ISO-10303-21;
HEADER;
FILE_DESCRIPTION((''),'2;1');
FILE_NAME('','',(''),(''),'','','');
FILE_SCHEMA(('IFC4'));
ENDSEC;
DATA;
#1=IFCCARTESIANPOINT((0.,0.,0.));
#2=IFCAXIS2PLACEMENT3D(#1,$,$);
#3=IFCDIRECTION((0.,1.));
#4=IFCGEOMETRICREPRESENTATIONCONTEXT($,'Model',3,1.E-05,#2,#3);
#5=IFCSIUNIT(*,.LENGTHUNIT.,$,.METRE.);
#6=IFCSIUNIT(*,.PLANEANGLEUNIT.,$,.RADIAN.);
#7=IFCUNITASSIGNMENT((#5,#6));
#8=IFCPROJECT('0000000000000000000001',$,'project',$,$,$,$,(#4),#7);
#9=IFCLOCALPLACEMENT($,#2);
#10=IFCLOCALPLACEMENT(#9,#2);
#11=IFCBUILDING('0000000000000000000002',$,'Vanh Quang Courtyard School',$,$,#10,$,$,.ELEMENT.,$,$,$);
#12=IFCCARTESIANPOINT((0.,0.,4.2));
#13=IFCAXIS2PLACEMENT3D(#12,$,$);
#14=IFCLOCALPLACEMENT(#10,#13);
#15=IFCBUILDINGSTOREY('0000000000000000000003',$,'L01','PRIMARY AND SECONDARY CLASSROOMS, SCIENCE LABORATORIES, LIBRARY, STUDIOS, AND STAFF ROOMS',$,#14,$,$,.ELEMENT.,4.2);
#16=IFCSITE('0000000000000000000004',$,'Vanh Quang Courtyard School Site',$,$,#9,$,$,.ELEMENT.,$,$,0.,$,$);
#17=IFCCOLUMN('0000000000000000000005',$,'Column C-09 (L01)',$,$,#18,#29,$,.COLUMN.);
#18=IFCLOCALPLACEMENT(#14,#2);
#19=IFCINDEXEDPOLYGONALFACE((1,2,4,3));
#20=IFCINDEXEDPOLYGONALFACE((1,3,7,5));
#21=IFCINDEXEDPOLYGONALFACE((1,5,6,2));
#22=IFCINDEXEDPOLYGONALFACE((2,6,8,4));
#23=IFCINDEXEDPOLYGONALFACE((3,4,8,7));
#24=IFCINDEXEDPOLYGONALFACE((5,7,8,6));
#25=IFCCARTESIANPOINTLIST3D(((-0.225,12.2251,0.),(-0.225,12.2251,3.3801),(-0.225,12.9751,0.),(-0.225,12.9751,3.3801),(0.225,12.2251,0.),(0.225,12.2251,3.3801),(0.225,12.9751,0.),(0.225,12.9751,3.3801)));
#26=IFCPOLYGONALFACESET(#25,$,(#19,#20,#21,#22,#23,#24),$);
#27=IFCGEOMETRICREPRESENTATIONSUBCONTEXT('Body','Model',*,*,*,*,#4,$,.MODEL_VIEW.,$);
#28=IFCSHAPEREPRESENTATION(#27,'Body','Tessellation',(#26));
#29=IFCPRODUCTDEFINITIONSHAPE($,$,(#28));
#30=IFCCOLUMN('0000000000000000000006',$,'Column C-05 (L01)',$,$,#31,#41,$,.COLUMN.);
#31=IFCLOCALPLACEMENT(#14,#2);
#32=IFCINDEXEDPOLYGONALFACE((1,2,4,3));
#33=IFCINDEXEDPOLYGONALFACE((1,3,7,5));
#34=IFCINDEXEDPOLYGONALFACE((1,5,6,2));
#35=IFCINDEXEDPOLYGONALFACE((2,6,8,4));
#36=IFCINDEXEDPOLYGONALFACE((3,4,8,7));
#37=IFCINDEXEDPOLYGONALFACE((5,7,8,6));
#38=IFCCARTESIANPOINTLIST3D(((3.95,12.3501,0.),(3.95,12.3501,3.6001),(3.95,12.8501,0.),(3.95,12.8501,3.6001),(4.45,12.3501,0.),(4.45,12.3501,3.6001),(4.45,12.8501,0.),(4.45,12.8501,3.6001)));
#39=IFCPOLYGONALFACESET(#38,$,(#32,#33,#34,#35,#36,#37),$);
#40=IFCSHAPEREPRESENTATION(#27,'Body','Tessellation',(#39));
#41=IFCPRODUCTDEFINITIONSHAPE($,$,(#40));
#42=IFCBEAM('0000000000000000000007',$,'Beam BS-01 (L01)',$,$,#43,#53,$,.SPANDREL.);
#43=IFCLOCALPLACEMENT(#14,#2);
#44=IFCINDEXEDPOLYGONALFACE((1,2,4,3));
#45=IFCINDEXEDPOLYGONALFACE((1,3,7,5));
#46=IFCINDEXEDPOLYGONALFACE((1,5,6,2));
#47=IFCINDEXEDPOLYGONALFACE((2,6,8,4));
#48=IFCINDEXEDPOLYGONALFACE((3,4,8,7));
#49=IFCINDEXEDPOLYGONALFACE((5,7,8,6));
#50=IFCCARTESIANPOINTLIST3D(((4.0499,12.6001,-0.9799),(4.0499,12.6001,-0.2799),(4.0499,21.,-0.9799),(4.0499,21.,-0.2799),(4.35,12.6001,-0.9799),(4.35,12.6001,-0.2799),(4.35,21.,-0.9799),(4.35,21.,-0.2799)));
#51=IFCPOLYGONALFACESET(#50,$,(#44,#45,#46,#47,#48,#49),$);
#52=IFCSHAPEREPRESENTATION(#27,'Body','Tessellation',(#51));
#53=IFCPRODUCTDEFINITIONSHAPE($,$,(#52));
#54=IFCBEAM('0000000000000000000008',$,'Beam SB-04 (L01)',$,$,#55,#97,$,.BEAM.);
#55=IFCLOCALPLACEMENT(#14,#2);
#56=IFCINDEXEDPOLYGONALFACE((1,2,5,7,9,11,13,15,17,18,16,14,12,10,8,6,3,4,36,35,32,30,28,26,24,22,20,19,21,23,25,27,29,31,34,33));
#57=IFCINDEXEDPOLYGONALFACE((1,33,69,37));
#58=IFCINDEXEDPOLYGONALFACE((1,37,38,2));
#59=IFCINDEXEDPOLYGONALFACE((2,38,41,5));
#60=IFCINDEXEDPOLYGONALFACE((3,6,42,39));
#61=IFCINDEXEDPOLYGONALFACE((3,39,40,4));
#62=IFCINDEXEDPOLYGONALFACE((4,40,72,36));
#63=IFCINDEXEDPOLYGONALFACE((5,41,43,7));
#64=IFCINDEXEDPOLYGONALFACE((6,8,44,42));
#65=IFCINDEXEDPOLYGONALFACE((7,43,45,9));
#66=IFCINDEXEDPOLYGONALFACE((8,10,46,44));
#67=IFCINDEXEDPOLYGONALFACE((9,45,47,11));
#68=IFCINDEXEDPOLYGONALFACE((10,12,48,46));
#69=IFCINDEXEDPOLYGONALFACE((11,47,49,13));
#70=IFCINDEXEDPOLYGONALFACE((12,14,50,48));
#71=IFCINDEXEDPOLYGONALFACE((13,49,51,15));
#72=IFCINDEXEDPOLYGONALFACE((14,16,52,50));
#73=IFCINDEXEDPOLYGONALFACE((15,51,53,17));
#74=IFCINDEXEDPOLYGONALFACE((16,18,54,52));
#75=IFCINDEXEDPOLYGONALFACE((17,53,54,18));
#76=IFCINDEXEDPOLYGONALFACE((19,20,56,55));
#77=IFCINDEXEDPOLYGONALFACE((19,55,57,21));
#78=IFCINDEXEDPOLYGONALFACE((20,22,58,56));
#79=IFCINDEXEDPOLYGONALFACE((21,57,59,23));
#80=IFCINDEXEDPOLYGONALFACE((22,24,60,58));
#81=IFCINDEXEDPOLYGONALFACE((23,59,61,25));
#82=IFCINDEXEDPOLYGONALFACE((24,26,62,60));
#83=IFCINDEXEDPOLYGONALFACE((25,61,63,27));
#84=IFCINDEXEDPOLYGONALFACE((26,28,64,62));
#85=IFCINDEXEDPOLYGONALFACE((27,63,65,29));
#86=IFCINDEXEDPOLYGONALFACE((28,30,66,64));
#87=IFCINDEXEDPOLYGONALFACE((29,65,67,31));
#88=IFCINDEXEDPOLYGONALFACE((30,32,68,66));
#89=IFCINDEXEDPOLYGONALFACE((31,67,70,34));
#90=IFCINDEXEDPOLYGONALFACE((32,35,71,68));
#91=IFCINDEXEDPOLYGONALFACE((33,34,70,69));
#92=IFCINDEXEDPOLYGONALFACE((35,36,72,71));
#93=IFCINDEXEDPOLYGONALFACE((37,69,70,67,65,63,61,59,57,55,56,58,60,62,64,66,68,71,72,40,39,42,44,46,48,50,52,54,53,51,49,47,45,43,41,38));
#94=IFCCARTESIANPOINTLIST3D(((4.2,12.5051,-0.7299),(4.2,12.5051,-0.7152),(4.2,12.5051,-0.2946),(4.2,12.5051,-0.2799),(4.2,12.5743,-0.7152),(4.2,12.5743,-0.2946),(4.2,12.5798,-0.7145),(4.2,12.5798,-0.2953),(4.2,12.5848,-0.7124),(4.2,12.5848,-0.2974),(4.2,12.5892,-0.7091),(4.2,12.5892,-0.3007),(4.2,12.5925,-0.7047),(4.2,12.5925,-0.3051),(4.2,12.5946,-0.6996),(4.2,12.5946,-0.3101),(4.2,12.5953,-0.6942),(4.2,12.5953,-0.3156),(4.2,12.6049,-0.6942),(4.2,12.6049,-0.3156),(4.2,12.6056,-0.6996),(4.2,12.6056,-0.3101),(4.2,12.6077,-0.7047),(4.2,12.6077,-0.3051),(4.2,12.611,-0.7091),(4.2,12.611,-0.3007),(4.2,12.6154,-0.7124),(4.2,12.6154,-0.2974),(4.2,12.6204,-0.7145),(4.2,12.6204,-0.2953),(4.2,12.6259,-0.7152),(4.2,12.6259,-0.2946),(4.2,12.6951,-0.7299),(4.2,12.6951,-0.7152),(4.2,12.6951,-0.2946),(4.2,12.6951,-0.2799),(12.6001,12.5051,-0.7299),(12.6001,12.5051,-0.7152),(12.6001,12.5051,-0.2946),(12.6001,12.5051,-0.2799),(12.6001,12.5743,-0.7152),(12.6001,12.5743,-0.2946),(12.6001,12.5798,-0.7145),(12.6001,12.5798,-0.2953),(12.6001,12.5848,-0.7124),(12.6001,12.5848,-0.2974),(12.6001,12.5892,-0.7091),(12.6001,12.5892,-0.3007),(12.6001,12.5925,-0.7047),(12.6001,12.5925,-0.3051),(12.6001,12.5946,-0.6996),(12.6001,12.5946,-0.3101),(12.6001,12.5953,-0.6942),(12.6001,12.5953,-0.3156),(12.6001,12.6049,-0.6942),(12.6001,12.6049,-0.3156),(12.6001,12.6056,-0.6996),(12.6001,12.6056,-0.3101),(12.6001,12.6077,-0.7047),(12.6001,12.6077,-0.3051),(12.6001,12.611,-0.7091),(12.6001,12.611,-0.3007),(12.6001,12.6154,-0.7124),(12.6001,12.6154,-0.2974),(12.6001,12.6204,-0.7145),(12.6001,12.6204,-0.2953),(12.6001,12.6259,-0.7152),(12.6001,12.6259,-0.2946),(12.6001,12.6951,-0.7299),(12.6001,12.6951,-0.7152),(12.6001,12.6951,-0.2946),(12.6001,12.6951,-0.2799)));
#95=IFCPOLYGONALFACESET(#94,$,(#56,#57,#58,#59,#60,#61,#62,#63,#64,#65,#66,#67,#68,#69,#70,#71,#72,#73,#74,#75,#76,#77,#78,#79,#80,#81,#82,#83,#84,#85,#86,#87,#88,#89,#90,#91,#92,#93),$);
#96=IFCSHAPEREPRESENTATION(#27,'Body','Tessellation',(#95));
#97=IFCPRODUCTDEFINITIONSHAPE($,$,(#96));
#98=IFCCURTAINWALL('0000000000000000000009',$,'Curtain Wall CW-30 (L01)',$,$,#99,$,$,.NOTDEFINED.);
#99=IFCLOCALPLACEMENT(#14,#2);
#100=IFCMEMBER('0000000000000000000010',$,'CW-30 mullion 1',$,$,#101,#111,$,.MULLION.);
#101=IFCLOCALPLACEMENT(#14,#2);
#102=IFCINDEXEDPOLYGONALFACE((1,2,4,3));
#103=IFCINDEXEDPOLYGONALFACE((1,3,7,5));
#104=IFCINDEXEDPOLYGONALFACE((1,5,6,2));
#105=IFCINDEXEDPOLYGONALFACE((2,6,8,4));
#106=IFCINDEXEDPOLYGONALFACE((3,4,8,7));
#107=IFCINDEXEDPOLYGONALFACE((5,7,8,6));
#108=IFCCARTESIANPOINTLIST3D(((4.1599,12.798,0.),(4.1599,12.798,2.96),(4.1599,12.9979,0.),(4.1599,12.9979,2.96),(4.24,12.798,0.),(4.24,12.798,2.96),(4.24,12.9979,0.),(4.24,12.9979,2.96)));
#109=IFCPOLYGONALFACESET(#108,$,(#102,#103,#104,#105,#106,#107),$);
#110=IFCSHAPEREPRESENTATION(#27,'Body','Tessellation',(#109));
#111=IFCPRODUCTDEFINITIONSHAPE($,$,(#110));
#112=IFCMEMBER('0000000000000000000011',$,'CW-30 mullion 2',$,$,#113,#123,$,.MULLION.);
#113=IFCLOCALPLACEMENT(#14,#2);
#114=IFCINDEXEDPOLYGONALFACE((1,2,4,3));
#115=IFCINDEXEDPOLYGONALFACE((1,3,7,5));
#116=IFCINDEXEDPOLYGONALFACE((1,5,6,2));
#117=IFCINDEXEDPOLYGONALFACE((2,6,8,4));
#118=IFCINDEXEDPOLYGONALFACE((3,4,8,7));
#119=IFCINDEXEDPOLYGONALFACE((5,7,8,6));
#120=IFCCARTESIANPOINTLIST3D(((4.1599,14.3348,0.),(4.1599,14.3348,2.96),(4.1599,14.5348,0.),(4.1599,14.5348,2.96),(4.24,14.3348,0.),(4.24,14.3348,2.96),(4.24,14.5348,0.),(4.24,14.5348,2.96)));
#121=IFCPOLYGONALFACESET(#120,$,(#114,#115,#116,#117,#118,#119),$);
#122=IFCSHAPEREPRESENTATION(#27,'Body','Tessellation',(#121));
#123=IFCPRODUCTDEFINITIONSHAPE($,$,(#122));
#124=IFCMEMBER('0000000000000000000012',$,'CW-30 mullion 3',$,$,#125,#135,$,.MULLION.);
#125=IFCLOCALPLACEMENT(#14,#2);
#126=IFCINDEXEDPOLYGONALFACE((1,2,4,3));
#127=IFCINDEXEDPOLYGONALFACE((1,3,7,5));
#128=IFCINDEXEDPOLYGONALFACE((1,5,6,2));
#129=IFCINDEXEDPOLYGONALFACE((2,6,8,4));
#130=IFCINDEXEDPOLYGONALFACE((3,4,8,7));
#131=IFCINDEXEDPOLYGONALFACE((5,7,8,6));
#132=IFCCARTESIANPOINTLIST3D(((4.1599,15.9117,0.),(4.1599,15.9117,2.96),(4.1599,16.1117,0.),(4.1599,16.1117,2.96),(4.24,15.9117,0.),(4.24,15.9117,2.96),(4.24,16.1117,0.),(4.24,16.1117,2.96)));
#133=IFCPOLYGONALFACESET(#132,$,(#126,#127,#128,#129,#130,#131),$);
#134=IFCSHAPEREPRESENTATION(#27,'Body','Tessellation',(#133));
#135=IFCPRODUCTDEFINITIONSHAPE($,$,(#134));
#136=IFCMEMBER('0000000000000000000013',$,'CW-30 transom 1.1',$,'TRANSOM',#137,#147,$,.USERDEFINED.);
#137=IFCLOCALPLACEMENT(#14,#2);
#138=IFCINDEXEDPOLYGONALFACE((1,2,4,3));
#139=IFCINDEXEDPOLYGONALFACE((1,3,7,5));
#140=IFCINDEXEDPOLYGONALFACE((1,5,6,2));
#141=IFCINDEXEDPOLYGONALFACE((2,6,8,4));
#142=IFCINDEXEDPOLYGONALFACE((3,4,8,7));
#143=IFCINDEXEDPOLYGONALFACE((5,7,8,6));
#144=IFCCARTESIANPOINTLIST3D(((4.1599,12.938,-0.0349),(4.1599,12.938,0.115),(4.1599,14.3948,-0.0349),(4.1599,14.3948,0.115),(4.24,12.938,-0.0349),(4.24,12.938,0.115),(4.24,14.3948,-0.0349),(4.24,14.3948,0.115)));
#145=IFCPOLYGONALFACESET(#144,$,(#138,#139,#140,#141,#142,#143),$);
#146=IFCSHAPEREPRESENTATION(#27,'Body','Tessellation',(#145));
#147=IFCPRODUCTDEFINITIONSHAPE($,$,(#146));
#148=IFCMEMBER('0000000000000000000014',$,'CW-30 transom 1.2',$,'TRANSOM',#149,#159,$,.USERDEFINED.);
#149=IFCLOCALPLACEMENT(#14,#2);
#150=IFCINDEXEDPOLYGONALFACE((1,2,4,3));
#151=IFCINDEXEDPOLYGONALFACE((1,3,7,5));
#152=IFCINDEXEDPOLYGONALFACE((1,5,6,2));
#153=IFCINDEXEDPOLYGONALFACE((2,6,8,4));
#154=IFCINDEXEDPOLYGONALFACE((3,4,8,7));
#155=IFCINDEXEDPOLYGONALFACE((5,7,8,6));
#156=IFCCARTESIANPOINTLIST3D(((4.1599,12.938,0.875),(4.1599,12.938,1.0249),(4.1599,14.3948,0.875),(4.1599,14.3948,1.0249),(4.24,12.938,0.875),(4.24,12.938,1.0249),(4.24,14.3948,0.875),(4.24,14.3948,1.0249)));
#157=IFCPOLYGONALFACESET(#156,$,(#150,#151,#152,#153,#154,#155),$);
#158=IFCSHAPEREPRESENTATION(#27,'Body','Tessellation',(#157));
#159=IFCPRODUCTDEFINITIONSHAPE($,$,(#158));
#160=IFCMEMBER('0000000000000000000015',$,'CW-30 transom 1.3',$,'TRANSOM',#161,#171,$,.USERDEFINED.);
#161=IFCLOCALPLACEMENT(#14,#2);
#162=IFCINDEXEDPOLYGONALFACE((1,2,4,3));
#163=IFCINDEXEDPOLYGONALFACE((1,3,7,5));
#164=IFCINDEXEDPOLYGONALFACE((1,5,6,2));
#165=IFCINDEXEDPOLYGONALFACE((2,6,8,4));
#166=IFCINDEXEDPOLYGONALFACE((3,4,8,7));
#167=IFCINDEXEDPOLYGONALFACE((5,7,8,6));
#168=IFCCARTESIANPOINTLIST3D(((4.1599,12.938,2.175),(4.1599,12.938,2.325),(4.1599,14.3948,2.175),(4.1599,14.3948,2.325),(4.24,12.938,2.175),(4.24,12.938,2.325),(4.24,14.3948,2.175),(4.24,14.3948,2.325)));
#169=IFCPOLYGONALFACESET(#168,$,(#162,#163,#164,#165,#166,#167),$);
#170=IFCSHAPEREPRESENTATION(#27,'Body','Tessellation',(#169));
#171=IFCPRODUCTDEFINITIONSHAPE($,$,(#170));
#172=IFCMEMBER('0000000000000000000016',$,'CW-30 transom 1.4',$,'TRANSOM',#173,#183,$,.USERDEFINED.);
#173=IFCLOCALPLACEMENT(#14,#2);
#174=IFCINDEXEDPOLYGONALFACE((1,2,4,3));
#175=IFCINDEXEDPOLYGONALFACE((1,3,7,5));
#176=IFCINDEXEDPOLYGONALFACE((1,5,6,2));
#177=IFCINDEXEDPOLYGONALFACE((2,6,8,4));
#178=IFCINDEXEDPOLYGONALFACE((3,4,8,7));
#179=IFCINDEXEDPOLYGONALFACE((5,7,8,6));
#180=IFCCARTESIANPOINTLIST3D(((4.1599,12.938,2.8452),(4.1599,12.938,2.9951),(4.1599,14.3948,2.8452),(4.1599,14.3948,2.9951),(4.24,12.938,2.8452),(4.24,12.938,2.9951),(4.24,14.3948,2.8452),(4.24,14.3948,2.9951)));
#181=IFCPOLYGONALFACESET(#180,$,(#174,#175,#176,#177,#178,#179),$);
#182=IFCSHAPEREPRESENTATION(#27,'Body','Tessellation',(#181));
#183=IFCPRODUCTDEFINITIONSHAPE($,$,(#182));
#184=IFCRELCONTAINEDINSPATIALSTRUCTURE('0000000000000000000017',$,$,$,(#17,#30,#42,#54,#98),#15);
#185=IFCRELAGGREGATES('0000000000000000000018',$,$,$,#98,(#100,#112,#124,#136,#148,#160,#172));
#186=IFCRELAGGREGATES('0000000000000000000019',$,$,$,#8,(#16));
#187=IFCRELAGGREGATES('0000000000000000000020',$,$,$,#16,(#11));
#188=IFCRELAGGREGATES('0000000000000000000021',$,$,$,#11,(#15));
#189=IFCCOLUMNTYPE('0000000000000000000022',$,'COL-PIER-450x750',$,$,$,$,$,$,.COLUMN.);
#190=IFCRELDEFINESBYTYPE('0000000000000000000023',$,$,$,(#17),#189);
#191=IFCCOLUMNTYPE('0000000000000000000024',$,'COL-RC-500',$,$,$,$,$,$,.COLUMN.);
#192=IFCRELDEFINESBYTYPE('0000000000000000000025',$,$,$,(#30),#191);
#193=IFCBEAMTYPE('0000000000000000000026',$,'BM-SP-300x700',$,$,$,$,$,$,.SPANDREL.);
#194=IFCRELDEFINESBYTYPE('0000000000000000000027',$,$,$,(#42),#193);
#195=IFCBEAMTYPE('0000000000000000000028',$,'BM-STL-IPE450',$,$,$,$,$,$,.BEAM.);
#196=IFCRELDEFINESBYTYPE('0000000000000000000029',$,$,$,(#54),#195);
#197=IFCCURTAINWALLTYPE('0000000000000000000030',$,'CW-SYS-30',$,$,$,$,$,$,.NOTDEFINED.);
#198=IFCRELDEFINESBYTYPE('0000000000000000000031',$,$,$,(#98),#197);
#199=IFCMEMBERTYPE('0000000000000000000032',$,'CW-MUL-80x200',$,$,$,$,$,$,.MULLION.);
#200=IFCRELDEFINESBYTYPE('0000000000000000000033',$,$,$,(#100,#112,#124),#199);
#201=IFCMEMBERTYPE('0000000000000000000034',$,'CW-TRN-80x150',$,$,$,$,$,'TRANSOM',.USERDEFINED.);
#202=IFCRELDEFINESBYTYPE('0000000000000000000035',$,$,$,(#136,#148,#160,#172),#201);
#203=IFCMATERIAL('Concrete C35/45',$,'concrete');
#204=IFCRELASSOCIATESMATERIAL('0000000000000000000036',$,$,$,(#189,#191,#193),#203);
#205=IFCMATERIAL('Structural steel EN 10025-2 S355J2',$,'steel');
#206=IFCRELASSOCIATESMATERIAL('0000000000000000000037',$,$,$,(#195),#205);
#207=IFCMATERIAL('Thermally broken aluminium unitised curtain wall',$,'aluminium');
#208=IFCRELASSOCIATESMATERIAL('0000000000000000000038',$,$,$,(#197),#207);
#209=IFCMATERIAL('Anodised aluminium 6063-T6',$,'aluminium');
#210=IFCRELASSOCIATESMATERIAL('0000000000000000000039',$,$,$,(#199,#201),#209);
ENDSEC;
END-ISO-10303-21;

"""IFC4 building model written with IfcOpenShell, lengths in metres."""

from ifc_helpers import new_model, si_unit, direction, frame, origin, origin_2d, place, context, subcontext, project, spatial, rectangle, i_section, extrude, material, material_profile, profile_set, type_object, element, aggregate, save


model = new_model("IFC4")

# Units and contexts
model_context = context("Model", 3, precision=1e-05, world=origin(), true_north=direction((0.0, 1.0)))
body_context = subcontext(model_context, "Body", "Model", "MODEL_VIEW")
ifc_project = project(units=[si_unit("LENGTHUNIT", "METRE"), si_unit("PLANEANGLEUNIT", "RADIAN")], contexts=[model_context])

# Site, building, storey
site_placement = place(None, origin())
site = spatial("IfcSite", under=ifc_project, at=site_placement, Name="Vanh Quang Courtyard School Site", CompositionType="ELEMENT", RefElevation=0.0)
building_placement = place(site_placement, origin())
building = spatial("IfcBuilding", under=site, at=building_placement, Name="Vanh Quang Courtyard School", CompositionType="ELEMENT")
storey_placement = place(building_placement, frame((0.0, 0.0, 4.2)))
storey = spatial("IfcBuildingStorey", under=building, at=storey_placement, Name="L01", Description="PRIMARY AND SECONDARY CLASSROOMS, SCIENCE LABORATORIES, LIBRARY, STUDIOS, AND STAFF ROOMS", CompositionType="ELEMENT", Elevation=4.2)

# Columns
ifc_material_1 = material(Name="Concrete C35/45", Category="concrete")
ifc_material_profile_1 = material_profile(ifc_material_1, rectangle(XDim=0.45, YDim=0.75, at=origin_2d()), Name="RC-PIER 450x750")
ifc_profile_set_1 = profile_set([ifc_material_profile_1], Name="Concrete C35/45")
column_type_1 = type_object("IfcColumnType", Name="COL-PIER-450x750", PredefinedType="COLUMN", material=ifc_profile_set_1)
column_1_placement = place(storey_placement, frame((0.0, 12.6001, 0.0), z_axis=(0.0, 0.0, 1.0), x_axis=(1.0, 0.0, 0.0)))
element("IfcColumn", 1, at=column_1_placement, inside=storey, type_object=column_type_1, Name="Column C-09 (L01)", PredefinedType="COLUMN", context=body_context, shape_type="SweptSolid", body=[
    extrude(rectangle(XDim=0.45, YDim=0.75, at=origin_2d()), origin(), (0.0, 0.0, 1.0), 3.3801),
])
ifc_material_profile_2 = material_profile(ifc_material_1, rectangle(XDim=0.5, YDim=0.5, at=origin_2d()), Name="RC-COL 500x500")
ifc_profile_set_2 = profile_set([ifc_material_profile_2], Name="Concrete C35/45")
column_type_2 = type_object("IfcColumnType", Name="COL-RC-500", PredefinedType="COLUMN", material=ifc_profile_set_2)
column_2_placement = place(storey_placement, frame((4.2, 12.6001, 0.0), z_axis=(0.0, 0.0, 1.0), x_axis=(1.0, 0.0, 0.0)))
element("IfcColumn", 2, at=column_2_placement, inside=storey, type_object=column_type_2, Name="Column C-05 (L01)", PredefinedType="COLUMN", context=body_context, shape_type="SweptSolid", body=[
    extrude(rectangle(XDim=0.5, YDim=0.5, at=origin_2d()), origin(), (0.0, 0.0, 1.0), 3.6001),
])

# Beams
ifc_material_profile_3 = material_profile(ifc_material_1, rectangle(XDim=0.3, YDim=0.7, at=origin_2d()), Name="RC-SP 300x700")
ifc_profile_set_3 = profile_set([ifc_material_profile_3], Name="Concrete C35/45")
beam_type_1 = type_object("IfcBeamType", Name="BM-SP-300x700", PredefinedType="SPANDREL", material=ifc_profile_set_3)
beam_1_placement = place(storey_placement, frame((4.2, 12.6001, -0.6299), z_axis=(0.0, 1.0, 0.0), x_axis=(-1.0, 0.0, 0.0)))
element("IfcBeam", 3, at=beam_1_placement, inside=storey, type_object=beam_type_1, Name="Beam BS-01 (L01)", PredefinedType="SPANDREL", context=body_context, shape_type="SweptSolid", body=[
    extrude(rectangle(XDim=0.3, YDim=0.7, at=origin_2d()), origin(), (0.0, 0.0, 1.0), 8.3999),
])
ifc_material_2 = material(Name="Structural steel EN 10025-2 S355J2", Category="steel")
ifc_material_profile_4 = material_profile(ifc_material_2, i_section(OverallWidth=0.1899, OverallDepth=0.45, WebThickness=0.0095, FlangeThickness=0.0146, FilletRadius=0.021, at=origin_2d()), Name="IPE 450")
ifc_profile_set_4 = profile_set([ifc_material_profile_4], Name="Structural steel EN 10025-2 S355J2")
beam_type_2 = type_object("IfcBeamType", Name="BM-STL-IPE450", PredefinedType="BEAM", material=ifc_profile_set_4)
beam_2_placement = place(storey_placement, frame((4.2, 12.6001, -0.5049), z_axis=(1.0, 0.0, 0.0), x_axis=(0.0, 1.0, 0.0)))
element("IfcBeam", 4, at=beam_2_placement, inside=storey, type_object=beam_type_2, Name="Beam SB-04 (L01)", PredefinedType="BEAM", context=body_context, shape_type="SweptSolid", body=[
    extrude(i_section(OverallWidth=0.1899, OverallDepth=0.45, WebThickness=0.0095, FlangeThickness=0.0146, FilletRadius=0.021, at=origin_2d()), origin(), (0.0, 0.0, 1.0), 8.4001),
])

# Curtain wall, members
ifc_material_3 = material(Name="Thermally broken aluminium unitised curtain wall", Category="aluminium")
curtain_wall_type = type_object("IfcCurtainWallType", Name="CW-SYS-30", PredefinedType="NOTDEFINED", material=ifc_material_3)
curtain_wall_placement = place(storey_placement, origin())
curtain_wall = element("IfcCurtainWall", 5, at=curtain_wall_placement, inside=storey, type_object=curtain_wall_type, Name="Curtain Wall CW-30 (L01)", PredefinedType="NOTDEFINED")
ifc_material_4 = material(Name="Anodised aluminium 6063-T6", Category="aluminium")
ifc_material_profile_5 = material_profile(ifc_material_4, rectangle(XDim=0.0801, YDim=0.2, at=origin_2d()), Name="ALU-MUL 80x200")
ifc_profile_set_5 = profile_set([ifc_material_profile_5], Name="Anodised aluminium 6063-T6")
member_type_1 = type_object("IfcMemberType", Name="CW-MUL-80x200", PredefinedType="MULLION", material=ifc_profile_set_5)
member_1_placement = place(storey_placement, frame((4.2, 12.8979, 0.0), z_axis=(0.0, 0.0, 1.0), x_axis=(-1.0, 0.0, 0.0)))
member_1 = element("IfcMember", 6, at=member_1_placement, type_object=member_type_1, Name="CW-30 mullion 1", PredefinedType="MULLION", context=body_context, shape_type="SweptSolid", body=[
    extrude(rectangle(XDim=0.0801, YDim=0.2, at=origin_2d()), origin(), (0.0, 0.0, 1.0), 2.96),
])
member_2_placement = place(storey_placement, frame((4.2, 14.4348, 0.0), z_axis=(0.0, 0.0, 1.0), x_axis=(-1.0, 0.0, 0.0)))
member_2 = element("IfcMember", 7, at=member_2_placement, type_object=member_type_1, Name="CW-30 mullion 2", PredefinedType="MULLION", context=body_context, shape_type="SweptSolid", body=[
    extrude(rectangle(XDim=0.0801, YDim=0.2, at=origin_2d()), origin(), (0.0, 0.0, 1.0), 2.96),
])
member_3_placement = place(storey_placement, frame((4.2, 16.0117, 0.0), z_axis=(0.0, 0.0, 1.0), x_axis=(-1.0, 0.0, 0.0)))
member_3 = element("IfcMember", 8, at=member_3_placement, type_object=member_type_1, Name="CW-30 mullion 3", PredefinedType="MULLION", context=body_context, shape_type="SweptSolid", body=[
    extrude(rectangle(XDim=0.0801, YDim=0.2, at=origin_2d()), origin(), (0.0, 0.0, 1.0), 2.96),
])
ifc_material_profile_6 = material_profile(ifc_material_4, rectangle(XDim=0.0801, YDim=0.1499, at=origin_2d()), Name="ALU-TRN 80x150")
ifc_profile_set_6 = profile_set([ifc_material_profile_6], Name="Anodised aluminium 6063-T6")
member_type_2 = type_object("IfcMemberType", Name="CW-TRN-80x150", ElementType="TRANSOM", PredefinedType="USERDEFINED", material=ifc_profile_set_6)
member_4_placement = place(storey_placement, frame((4.2, 12.938, 0.04), z_axis=(0.0, 1.0, 0.0), x_axis=(-1.0, 0.0, 0.0)))
member_4 = element("IfcMember", 9, at=member_4_placement, type_object=member_type_2, Name="CW-30 transom 1.1", ObjectType="TRANSOM", PredefinedType="USERDEFINED", context=body_context, shape_type="SweptSolid", body=[
    extrude(rectangle(XDim=0.0801, YDim=0.1499, at=origin_2d()), origin(), (0.0, 0.0, 1.0), 1.4568),
])
member_5_placement = place(storey_placement, frame((4.2, 12.938, 0.95), z_axis=(0.0, 1.0, 0.0), x_axis=(-1.0, 0.0, 0.0)))
member_5 = element("IfcMember", 10, at=member_5_placement, type_object=member_type_2, Name="CW-30 transom 1.2", ObjectType="TRANSOM", PredefinedType="USERDEFINED", context=body_context, shape_type="SweptSolid", body=[
    extrude(rectangle(XDim=0.0801, YDim=0.1499, at=origin_2d()), origin(), (0.0, 0.0, 1.0), 1.4568),
])
member_6_placement = place(storey_placement, frame((4.2, 12.938, 2.25), z_axis=(0.0, 1.0, 0.0), x_axis=(-1.0, 0.0, 0.0)))
member_6 = element("IfcMember", 11, at=member_6_placement, type_object=member_type_2, Name="CW-30 transom 1.3", ObjectType="TRANSOM", PredefinedType="USERDEFINED", context=body_context, shape_type="SweptSolid", body=[
    extrude(rectangle(XDim=0.0801, YDim=0.1499, at=origin_2d()), origin(), (0.0, 0.0, 1.0), 1.4568),
])
member_7_placement = place(storey_placement, frame((4.2, 12.938, 2.9202), z_axis=(0.0, 1.0, 0.0), x_axis=(-1.0, 0.0, 0.0)))
member_7 = element("IfcMember", 12, at=member_7_placement, type_object=member_type_2, Name="CW-30 transom 1.4", ObjectType="TRANSOM", PredefinedType="USERDEFINED", context=body_context, shape_type="SweptSolid", body=[
    extrude(rectangle(XDim=0.0801, YDim=0.1499, at=origin_2d()), origin(), (0.0, 0.0, 1.0), 1.4568),
])
aggregate(curtain_wall, [member_1, member_2, member_3, member_4, member_5, member_6, member_7])

save(model, "model.ifc")
